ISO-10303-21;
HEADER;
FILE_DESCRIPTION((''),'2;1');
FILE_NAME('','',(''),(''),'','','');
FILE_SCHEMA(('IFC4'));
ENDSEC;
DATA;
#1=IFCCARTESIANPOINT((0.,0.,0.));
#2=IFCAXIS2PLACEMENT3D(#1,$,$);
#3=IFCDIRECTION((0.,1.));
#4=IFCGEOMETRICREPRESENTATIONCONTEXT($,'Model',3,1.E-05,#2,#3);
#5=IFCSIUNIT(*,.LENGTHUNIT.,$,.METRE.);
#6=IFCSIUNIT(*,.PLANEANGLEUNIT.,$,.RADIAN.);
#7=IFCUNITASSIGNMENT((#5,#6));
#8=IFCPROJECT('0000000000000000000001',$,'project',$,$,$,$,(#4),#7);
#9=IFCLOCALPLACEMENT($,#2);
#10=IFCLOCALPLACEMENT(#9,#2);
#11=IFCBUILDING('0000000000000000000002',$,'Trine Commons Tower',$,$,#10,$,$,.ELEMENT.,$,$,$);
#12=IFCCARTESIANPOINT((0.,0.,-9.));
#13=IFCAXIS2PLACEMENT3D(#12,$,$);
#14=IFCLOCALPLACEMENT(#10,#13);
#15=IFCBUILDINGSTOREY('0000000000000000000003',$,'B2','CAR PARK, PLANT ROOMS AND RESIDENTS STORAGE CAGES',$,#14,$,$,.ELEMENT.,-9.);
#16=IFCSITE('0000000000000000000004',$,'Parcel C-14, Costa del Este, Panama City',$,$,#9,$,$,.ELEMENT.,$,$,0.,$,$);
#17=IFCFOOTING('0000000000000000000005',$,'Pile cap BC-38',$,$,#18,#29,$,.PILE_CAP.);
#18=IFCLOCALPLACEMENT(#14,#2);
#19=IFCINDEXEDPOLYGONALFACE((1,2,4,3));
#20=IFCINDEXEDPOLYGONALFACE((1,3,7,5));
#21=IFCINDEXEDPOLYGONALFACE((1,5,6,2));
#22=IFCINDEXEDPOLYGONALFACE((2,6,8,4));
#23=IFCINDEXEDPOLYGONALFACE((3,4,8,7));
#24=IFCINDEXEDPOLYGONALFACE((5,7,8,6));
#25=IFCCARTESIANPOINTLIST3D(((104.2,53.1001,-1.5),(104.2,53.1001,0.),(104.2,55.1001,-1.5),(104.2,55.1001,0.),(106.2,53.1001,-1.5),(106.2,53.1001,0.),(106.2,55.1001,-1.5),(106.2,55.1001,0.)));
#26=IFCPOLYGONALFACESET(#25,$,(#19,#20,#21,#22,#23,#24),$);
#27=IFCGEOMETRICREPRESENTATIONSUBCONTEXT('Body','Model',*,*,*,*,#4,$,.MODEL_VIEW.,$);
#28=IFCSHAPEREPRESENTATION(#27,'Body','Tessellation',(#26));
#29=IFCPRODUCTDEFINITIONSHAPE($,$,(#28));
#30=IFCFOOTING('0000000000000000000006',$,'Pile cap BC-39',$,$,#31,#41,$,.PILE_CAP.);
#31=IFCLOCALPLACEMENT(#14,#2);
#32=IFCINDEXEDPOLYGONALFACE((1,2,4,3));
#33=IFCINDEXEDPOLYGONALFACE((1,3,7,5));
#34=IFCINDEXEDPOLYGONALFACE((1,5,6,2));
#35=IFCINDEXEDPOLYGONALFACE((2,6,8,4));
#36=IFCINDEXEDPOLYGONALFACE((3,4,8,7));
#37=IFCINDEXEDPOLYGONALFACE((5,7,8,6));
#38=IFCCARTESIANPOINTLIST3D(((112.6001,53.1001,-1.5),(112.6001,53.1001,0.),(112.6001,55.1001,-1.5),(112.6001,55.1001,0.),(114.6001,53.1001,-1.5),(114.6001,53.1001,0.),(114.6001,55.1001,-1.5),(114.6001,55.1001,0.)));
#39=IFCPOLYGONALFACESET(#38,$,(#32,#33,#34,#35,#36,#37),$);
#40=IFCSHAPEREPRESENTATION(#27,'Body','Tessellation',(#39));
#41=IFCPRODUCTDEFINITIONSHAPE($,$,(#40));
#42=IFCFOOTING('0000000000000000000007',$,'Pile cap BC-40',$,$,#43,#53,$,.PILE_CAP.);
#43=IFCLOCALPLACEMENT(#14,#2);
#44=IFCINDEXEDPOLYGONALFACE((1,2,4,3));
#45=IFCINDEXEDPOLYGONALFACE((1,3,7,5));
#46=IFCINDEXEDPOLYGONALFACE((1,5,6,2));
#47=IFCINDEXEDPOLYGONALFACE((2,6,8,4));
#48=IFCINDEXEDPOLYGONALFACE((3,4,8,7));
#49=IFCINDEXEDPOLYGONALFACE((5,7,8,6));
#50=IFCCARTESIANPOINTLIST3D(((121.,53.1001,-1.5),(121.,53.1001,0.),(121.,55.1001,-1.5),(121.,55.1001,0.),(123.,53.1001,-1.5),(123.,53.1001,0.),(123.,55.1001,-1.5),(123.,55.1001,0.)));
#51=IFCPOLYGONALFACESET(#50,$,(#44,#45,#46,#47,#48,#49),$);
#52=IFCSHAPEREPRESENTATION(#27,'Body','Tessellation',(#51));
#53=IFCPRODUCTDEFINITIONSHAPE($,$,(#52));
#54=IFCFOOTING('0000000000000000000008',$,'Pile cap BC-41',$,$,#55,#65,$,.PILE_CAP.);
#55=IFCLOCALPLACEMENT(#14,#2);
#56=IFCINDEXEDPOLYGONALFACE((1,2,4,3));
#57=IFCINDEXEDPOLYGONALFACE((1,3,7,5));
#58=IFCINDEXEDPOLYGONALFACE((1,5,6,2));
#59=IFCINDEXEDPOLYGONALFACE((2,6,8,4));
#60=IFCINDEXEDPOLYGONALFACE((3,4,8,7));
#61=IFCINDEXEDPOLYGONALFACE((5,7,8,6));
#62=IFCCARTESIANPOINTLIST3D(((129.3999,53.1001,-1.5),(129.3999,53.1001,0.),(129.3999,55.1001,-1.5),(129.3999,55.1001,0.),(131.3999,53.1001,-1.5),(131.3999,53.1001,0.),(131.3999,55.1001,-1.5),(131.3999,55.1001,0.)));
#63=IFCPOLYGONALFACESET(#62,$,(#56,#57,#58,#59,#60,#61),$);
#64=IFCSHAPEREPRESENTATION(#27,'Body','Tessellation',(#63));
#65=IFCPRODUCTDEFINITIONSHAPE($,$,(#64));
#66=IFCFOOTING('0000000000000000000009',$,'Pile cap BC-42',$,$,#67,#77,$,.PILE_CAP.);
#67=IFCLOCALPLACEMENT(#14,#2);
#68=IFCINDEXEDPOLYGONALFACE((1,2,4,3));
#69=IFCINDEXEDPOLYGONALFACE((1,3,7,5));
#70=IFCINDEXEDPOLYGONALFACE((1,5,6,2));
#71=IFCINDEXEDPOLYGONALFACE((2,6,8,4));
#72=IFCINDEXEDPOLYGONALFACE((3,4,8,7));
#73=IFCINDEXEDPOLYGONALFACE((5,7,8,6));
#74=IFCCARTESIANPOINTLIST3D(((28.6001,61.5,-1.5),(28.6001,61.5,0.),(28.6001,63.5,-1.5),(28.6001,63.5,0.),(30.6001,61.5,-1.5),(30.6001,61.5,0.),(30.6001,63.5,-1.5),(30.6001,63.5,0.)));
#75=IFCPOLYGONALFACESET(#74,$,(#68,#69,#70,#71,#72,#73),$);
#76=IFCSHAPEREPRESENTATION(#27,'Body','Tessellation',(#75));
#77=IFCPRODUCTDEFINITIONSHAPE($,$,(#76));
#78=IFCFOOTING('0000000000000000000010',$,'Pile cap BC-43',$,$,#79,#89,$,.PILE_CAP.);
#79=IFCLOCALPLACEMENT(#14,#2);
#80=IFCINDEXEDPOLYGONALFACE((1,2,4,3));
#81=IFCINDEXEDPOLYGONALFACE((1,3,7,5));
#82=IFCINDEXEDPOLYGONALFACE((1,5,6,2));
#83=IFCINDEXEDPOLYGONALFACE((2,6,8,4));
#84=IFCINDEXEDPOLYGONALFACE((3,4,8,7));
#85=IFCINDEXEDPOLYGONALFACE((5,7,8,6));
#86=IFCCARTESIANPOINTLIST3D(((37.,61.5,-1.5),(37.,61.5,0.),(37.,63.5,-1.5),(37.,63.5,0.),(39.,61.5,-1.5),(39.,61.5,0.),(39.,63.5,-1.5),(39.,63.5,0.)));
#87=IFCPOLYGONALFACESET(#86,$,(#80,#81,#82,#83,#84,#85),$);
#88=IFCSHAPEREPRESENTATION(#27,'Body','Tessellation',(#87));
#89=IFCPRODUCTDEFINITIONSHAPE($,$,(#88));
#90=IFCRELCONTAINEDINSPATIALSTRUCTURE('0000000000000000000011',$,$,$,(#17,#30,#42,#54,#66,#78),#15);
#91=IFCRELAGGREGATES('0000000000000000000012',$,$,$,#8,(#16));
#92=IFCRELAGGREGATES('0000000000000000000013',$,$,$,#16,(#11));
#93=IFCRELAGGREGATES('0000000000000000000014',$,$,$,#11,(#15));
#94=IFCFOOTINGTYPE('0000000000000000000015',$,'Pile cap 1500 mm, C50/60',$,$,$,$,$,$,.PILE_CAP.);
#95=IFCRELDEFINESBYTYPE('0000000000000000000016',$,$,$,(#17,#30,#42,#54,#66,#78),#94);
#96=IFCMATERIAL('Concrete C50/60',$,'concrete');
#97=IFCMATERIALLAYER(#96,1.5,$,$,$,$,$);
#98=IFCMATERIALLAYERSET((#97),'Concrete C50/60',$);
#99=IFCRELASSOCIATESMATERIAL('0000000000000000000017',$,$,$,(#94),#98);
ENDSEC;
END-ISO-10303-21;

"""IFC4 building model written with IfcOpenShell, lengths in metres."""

from ifc_helpers import new_model, si_unit, direction, frame, origin, place, context, subcontext, project, spatial, polyline, outline, extrude, material, layer, layer_set, type_object, element, save


model = new_model("IFC4")

# Units and contexts
model_context = context("Model", 3, precision=1e-05, world=origin(), true_north=direction((0.0, 1.0)))
body_context = subcontext(model_context, "Body", "Model", "MODEL_VIEW")
ifc_project = project(units=[si_unit("LENGTHUNIT", "METRE"), si_unit("PLANEANGLEUNIT", "RADIAN")], contexts=[model_context])

# Site, building, storey
site_placement = place(None, origin())
site = spatial("IfcSite", under=ifc_project, at=site_placement, Name="Parcel C-14, Costa del Este, Panama City", CompositionType="ELEMENT", RefElevation=0.0)
building_placement = place(site_placement, origin())
building = spatial("IfcBuilding", under=site, at=building_placement, Name="Trine Commons Tower", CompositionType="ELEMENT")
storey_placement = place(building_placement, frame((0.0, 0.0, -9.0)))
storey = spatial("IfcBuildingStorey", under=building, at=storey_placement, Name="B2", Description="CAR PARK, PLANT ROOMS AND RESIDENTS STORAGE CAGES", CompositionType="ELEMENT", Elevation=-9.0)

# Footings
ifc_material = material(Name="Concrete C50/60", Category="concrete")
ifc_layer = layer(ifc_material, 1.5)
ifc_layer_set = layer_set([ifc_layer], Name="Concrete C50/60")
footing_type = type_object("IfcFootingType", Name="Pile cap 1500 mm, C50/60", PredefinedType="PILE_CAP", material=ifc_layer_set)
footing_1_placement = place(storey_placement, frame((0.0, 0.0, -1.5)))
element("IfcFooting", 1, at=footing_1_placement, inside=storey, type_object=footing_type, Name="Pile cap BC-38", PredefinedType="PILE_CAP", context=body_context, shape_type="SweptSolid", body=[
    extrude(outline(polyline([(104.2, 53.1001), (104.2, 55.1001), (106.2, 55.1001), (106.2, 53.1001), (104.2, 53.1001)])), origin(), (0.0, 0.0, 1.0), 1.5),
])
footing_2_placement = place(storey_placement, frame((0.0, 0.0, -1.5)))
element("IfcFooting", 2, at=footing_2_placement, inside=storey, type_object=footing_type, Name="Pile cap BC-39", PredefinedType="PILE_CAP", context=body_context, shape_type="SweptSolid", body=[
    extrude(outline(polyline([(112.6001, 53.1001), (112.6001, 55.1001), (114.6001, 55.1001), (114.6001, 53.1001), (112.6001, 53.1001)])), origin(), (0.0, 0.0, 1.0), 1.5),
])
footing_3_placement = place(storey_placement, frame((0.0, 0.0, -1.5)))
element("IfcFooting", 3, at=footing_3_placement, inside=storey, type_object=footing_type, Name="Pile cap BC-40", PredefinedType="PILE_CAP", context=body_context, shape_type="SweptSolid", body=[
    extrude(outline(polyline([(121.0, 53.1001), (121.0, 55.1001), (123.0, 55.1001), (123.0, 53.1001), (121.0, 53.1001)])), origin(), (0.0, 0.0, 1.0), 1.5),
])
footing_4_placement = place(storey_placement, frame((0.0, 0.0, -1.5)))
element("IfcFooting", 4, at=footing_4_placement, inside=storey, type_object=footing_type, Name="Pile cap BC-41", PredefinedType="PILE_CAP", context=body_context, shape_type="SweptSolid", body=[
    extrude(outline(polyline([(129.3999, 53.1001), (129.3999, 55.1001), (131.3999, 55.1001), (131.3999, 53.1001), (129.3999, 53.1001)])), origin(), (0.0, 0.0, 1.0), 1.5),
])
footing_5_placement = place(storey_placement, frame((0.0, 0.0, -1.5)))
element("IfcFooting", 5, at=footing_5_placement, inside=storey, type_object=footing_type, Name="Pile cap BC-42", PredefinedType="PILE_CAP", context=body_context, shape_type="SweptSolid", body=[
    extrude(outline(polyline([(28.6001, 61.5), (28.6001, 63.5), (30.6001, 63.5), (30.6001, 61.5), (28.6001, 61.5)])), origin(), (0.0, 0.0, 1.0), 1.5),
])
footing_6_placement = place(storey_placement, frame((0.0, 0.0, -1.5)))
element("IfcFooting", 6, at=footing_6_placement, inside=storey, type_object=footing_type, Name="Pile cap BC-43", PredefinedType="PILE_CAP", context=body_context, shape_type="SweptSolid", body=[
    extrude(outline(polyline([(37.0, 61.5), (37.0, 63.5), (39.0, 63.5), (39.0, 61.5), (37.0, 61.5)])), origin(), (0.0, 0.0, 1.0), 1.5),
])

save(model, "model.ifc")
